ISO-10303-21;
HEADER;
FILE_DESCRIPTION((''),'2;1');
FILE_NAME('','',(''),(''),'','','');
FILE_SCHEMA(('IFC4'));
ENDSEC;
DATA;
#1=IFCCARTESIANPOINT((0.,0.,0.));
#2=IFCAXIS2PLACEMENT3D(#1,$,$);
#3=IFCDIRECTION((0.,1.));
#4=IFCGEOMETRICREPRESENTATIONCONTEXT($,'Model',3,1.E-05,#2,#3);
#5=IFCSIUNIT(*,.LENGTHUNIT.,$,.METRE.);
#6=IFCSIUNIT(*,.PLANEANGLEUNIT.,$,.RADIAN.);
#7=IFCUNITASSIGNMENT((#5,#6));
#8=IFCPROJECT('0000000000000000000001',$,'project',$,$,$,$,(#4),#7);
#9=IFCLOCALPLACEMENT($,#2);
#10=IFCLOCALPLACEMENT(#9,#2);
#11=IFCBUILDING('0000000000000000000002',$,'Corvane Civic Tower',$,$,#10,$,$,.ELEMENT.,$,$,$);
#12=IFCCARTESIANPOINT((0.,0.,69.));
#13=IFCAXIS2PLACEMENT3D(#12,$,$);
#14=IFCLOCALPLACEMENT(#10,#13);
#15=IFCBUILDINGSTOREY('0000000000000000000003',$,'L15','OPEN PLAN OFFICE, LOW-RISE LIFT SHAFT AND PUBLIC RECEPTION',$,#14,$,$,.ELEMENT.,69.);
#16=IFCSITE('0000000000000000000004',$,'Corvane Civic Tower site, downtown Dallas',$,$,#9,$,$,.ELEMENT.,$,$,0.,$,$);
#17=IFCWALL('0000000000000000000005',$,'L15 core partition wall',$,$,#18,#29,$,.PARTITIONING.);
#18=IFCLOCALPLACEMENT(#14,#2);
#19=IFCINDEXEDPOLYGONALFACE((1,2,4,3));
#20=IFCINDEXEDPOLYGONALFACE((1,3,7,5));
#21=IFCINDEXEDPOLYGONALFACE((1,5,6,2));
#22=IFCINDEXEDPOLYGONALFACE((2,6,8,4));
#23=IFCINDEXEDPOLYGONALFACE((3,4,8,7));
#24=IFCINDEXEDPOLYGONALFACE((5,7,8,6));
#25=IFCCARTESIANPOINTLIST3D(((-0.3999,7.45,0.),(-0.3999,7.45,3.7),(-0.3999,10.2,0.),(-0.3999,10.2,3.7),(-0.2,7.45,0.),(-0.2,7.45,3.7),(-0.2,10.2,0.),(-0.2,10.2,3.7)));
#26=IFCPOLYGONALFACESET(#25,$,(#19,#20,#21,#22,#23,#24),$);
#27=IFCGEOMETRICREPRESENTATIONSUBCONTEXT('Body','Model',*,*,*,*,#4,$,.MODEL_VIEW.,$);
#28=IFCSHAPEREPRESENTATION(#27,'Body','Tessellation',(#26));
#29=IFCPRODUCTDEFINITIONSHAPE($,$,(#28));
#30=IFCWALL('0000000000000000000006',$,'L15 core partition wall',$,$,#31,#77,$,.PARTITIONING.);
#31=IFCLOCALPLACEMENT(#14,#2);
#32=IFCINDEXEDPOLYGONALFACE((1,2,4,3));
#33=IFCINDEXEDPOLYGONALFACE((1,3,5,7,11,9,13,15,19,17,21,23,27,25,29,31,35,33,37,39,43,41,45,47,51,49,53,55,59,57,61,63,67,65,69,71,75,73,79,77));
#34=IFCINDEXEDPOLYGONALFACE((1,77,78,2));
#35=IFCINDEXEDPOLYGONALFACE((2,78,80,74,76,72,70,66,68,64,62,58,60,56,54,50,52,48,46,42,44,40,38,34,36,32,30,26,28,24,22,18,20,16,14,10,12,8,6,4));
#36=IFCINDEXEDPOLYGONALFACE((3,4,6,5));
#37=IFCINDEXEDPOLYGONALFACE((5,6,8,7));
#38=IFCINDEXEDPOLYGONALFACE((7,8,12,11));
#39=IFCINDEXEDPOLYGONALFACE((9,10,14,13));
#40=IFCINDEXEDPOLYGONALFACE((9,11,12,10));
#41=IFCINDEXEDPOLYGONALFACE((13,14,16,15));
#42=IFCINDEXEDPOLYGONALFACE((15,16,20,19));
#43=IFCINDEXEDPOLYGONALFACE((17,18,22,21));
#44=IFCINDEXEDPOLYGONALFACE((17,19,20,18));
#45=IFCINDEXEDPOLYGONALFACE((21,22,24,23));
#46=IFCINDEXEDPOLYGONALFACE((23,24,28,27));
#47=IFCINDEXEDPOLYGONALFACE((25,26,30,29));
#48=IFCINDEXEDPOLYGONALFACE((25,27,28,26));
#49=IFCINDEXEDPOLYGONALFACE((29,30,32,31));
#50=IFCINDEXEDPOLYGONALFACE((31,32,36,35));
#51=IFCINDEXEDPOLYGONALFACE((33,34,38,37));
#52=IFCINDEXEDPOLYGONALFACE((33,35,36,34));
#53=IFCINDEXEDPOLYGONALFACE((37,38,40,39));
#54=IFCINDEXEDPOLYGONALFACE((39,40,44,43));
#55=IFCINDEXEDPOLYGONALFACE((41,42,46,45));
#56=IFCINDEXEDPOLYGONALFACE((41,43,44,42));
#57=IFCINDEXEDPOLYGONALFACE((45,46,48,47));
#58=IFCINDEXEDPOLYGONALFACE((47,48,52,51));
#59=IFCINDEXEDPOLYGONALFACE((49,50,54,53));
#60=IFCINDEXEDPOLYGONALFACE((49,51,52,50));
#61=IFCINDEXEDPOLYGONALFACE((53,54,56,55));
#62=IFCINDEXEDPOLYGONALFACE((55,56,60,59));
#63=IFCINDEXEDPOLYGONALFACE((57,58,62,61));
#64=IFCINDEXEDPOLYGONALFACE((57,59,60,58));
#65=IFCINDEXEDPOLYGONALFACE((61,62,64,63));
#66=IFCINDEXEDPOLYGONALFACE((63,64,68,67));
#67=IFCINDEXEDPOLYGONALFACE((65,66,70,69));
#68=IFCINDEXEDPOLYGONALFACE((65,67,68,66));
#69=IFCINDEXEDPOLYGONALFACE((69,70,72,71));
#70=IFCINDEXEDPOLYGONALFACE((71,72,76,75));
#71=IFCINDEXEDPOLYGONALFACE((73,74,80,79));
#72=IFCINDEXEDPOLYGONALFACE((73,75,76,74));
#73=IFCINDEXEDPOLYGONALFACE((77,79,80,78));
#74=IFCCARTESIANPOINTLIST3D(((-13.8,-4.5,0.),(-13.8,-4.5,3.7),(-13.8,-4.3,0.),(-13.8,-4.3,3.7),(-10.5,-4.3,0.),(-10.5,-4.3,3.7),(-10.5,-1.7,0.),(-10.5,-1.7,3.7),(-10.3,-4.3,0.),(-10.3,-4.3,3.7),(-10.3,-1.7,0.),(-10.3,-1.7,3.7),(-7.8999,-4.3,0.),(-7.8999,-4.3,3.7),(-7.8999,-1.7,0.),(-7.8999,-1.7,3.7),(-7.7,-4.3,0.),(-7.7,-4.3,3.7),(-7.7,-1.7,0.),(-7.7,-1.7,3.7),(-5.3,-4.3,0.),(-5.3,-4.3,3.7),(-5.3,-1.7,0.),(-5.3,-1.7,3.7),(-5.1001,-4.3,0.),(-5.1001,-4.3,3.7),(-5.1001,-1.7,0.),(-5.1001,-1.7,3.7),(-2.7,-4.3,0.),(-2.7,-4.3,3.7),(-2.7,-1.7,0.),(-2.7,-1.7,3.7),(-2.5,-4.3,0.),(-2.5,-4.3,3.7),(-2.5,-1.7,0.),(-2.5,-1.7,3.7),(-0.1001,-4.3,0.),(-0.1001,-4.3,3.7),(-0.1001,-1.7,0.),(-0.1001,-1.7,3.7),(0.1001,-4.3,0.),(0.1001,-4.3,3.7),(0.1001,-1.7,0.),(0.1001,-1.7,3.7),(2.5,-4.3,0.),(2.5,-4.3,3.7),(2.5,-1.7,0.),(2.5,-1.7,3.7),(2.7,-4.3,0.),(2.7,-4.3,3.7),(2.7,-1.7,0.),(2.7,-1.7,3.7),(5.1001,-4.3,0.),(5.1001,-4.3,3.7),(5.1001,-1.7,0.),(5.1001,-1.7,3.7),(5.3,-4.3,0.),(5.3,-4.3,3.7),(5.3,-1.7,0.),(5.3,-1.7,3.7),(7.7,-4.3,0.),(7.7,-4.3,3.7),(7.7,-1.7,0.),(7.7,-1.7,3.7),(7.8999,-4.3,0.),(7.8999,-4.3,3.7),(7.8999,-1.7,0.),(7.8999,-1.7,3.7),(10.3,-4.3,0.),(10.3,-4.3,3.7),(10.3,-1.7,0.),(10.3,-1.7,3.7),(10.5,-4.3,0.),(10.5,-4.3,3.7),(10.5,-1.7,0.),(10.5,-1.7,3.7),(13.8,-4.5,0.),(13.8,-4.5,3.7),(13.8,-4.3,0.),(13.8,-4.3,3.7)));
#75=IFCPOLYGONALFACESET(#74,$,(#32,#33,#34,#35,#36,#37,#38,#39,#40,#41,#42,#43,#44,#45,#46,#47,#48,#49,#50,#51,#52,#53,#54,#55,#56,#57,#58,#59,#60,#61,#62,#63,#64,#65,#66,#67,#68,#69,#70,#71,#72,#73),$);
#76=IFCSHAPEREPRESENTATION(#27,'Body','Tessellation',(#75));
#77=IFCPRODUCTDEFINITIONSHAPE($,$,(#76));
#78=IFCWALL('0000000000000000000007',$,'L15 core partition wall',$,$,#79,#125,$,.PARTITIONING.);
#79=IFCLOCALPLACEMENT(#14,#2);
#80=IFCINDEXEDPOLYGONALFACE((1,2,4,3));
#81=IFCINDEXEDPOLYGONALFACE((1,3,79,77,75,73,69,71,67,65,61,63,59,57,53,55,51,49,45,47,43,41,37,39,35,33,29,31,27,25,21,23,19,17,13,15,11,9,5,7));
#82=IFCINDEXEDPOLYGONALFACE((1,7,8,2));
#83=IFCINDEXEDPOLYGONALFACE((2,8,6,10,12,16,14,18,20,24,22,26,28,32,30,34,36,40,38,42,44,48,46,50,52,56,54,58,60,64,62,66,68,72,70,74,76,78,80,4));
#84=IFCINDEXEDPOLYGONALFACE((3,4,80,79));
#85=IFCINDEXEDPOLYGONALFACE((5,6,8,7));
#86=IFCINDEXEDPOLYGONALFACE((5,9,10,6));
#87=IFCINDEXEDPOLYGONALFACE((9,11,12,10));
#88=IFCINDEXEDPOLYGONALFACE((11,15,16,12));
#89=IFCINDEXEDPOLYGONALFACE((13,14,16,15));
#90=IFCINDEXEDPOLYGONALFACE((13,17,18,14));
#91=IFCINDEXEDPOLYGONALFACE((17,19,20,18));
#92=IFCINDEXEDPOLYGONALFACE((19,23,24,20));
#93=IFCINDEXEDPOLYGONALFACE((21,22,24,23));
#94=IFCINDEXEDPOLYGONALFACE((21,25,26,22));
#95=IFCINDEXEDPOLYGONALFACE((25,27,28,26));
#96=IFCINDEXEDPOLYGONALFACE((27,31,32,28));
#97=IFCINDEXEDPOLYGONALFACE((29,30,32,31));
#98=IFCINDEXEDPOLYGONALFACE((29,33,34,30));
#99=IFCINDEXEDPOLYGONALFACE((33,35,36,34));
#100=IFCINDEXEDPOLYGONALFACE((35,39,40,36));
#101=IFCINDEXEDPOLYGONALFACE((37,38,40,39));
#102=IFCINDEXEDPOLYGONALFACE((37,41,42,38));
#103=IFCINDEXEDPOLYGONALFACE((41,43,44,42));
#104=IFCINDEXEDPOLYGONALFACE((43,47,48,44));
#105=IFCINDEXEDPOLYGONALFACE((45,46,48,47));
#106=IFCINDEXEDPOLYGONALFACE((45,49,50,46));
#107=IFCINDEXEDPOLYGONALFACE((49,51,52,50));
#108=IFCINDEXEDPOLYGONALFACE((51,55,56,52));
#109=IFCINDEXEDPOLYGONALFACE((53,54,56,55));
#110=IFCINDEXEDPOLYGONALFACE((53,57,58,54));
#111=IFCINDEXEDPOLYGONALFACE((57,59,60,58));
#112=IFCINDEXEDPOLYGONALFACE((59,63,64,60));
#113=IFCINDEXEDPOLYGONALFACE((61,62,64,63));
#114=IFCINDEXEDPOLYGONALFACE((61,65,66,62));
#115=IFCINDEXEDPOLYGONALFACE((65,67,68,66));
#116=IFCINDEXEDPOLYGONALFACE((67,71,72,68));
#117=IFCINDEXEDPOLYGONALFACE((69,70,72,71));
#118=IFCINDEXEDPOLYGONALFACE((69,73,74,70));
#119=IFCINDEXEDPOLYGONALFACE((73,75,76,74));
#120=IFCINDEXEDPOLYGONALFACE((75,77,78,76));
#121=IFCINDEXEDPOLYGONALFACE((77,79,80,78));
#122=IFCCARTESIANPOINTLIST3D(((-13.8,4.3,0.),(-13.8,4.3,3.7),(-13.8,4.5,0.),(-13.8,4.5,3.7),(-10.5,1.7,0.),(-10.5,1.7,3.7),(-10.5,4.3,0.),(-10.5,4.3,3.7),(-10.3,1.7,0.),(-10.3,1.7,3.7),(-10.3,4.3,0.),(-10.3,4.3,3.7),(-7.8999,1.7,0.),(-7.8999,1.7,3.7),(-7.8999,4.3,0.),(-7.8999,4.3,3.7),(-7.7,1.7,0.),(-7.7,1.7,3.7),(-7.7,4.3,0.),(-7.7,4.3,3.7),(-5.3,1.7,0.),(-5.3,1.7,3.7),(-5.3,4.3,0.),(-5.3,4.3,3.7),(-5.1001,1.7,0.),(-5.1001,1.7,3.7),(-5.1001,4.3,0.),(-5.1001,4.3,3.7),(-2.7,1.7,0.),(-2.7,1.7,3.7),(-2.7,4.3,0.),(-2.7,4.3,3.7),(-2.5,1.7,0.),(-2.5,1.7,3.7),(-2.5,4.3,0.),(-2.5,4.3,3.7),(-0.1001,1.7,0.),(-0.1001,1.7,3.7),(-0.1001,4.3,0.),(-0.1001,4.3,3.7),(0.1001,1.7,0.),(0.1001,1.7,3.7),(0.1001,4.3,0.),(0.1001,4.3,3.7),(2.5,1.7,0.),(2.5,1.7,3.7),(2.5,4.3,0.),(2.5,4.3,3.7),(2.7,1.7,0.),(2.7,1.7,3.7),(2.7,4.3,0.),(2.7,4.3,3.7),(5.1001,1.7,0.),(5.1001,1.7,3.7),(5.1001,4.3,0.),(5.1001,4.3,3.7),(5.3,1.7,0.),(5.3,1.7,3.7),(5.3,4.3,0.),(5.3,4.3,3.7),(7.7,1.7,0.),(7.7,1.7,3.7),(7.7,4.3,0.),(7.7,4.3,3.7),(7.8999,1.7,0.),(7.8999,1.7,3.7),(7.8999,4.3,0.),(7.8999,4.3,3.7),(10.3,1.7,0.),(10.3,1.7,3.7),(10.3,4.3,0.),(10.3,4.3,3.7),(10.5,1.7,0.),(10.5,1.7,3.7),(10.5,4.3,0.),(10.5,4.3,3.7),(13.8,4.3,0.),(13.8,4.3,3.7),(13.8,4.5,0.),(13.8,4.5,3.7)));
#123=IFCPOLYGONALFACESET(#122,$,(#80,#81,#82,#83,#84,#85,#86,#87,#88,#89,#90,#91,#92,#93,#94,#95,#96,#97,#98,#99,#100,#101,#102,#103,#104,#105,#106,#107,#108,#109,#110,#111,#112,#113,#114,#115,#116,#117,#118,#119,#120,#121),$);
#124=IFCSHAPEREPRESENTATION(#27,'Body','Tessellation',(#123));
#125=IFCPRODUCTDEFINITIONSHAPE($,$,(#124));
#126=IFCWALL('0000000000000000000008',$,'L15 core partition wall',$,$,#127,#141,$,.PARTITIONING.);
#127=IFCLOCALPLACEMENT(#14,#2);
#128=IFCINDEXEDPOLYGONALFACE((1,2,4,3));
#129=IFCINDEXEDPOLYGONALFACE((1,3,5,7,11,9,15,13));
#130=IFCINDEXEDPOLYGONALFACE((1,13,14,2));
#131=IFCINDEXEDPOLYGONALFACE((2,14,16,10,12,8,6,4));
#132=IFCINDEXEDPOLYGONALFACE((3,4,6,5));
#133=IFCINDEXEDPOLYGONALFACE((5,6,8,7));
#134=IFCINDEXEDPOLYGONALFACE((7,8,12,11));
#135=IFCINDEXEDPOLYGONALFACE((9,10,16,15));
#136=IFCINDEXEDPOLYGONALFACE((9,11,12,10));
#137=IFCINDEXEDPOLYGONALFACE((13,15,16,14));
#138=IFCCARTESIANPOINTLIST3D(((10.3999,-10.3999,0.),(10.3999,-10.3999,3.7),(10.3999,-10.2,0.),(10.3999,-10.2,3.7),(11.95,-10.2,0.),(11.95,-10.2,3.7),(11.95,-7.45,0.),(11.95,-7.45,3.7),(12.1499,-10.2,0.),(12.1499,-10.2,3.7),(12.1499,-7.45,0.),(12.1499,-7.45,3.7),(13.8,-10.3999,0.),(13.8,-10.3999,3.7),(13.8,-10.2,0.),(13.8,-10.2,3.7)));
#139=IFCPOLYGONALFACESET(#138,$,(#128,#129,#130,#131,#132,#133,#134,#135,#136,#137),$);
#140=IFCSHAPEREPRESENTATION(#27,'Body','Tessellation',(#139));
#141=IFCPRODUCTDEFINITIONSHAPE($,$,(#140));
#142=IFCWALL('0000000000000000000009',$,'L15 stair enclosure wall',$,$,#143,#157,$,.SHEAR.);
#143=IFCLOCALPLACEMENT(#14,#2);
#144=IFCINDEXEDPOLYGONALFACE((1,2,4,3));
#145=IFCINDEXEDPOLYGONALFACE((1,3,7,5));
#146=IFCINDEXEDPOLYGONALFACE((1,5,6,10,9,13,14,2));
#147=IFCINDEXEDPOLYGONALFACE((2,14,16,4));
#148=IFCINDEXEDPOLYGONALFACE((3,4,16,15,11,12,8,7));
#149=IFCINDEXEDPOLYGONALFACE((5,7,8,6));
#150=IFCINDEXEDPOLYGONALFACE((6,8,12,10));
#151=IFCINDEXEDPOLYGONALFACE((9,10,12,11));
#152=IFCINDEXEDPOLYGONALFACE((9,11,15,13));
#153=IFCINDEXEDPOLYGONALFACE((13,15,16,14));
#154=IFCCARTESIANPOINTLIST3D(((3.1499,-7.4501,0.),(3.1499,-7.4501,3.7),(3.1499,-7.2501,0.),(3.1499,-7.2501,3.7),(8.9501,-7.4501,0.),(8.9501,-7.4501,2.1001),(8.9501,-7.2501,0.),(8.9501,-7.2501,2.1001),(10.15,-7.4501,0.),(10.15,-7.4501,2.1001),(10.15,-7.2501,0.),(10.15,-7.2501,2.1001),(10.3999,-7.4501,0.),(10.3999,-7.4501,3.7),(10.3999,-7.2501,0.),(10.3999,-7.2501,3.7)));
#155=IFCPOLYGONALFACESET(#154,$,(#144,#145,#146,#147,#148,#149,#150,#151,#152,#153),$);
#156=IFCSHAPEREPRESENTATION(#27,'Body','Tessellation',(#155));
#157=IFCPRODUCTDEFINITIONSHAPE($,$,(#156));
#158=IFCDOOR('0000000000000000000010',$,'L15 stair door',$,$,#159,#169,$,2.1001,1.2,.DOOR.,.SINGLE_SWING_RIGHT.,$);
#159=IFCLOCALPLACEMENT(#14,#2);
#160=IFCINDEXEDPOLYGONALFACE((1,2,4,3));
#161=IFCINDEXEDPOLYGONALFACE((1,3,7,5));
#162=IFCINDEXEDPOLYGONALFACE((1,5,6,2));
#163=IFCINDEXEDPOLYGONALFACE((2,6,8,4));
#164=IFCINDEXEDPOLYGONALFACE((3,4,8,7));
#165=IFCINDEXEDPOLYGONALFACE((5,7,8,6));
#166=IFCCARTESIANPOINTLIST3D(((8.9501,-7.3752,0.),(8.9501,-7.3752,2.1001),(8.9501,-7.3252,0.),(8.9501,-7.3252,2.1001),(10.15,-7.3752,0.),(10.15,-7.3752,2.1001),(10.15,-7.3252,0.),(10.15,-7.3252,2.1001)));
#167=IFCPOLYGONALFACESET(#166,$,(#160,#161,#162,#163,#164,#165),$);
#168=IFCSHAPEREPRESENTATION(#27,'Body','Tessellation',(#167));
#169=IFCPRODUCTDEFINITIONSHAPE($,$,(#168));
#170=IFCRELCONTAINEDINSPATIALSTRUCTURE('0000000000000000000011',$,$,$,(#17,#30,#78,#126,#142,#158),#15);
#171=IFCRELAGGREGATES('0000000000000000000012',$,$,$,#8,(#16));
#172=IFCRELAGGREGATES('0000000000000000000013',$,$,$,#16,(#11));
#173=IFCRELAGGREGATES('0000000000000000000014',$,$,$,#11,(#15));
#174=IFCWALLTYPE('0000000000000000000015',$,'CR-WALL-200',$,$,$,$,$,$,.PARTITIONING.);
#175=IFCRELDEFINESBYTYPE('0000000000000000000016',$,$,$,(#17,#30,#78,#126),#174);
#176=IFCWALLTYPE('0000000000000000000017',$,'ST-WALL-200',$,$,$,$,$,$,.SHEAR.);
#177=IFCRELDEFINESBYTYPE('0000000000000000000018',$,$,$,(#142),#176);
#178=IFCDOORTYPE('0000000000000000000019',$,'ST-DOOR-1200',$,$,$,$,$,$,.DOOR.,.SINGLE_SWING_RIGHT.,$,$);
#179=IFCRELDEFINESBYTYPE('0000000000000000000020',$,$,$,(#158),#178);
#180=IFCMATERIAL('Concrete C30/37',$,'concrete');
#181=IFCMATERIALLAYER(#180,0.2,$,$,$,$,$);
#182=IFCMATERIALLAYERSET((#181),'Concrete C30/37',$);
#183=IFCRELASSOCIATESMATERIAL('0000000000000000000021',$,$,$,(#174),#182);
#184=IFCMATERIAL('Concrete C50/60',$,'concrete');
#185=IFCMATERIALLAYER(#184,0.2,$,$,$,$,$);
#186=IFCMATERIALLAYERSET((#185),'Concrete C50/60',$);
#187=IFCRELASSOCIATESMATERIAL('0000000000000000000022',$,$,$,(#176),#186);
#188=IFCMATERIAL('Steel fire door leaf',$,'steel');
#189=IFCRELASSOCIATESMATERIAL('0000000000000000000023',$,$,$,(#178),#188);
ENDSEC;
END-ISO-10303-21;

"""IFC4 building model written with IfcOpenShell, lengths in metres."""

from ifc_helpers import new_model, si_unit, direction, frame, frame_2d, origin, place, context, subcontext, project, spatial, polyline, rectangle, outline, extrude, material, layer, layer_set, type_object, element, fill, save


model = new_model("IFC4")

# Units and contexts
model_context = context("Model", 3, precision=1e-05, world=origin(), true_north=direction((0.0, 1.0)))
body_context = subcontext(model_context, "Body", "Model", "MODEL_VIEW")
ifc_project = project(units=[si_unit("LENGTHUNIT", "METRE"), si_unit("PLANEANGLEUNIT", "RADIAN")], contexts=[model_context])

# Site, building, storey
site_placement = place(None, origin())
site = spatial("IfcSite", under=ifc_project, at=site_placement, Name="Corvane Civic Tower site, downtown Dallas", CompositionType="ELEMENT", RefElevation=0.0)
building_placement = place(site_placement, origin())
building = spatial("IfcBuilding", under=site, at=building_placement, Name="Corvane Civic Tower", CompositionType="ELEMENT")
storey_placement = place(building_placement, frame((0.0, 0.0, 69.0)))
storey = spatial("IfcBuildingStorey", under=building, at=storey_placement, Name="L15", Description="OPEN PLAN OFFICE, LOW-RISE LIFT SHAFT AND PUBLIC RECEPTION", CompositionType="ELEMENT", Elevation=69.0)

# Shared definitions
ifc_material_1 = material(Name="Concrete C30/37", Category="concrete")
ifc_layer_1 = layer(ifc_material_1, 0.2)
ifc_layer_set_1 = layer_set([ifc_layer_1], Name="Concrete C30/37")
wall_type_1 = type_object("IfcWallType", Name="CR-WALL-200", PredefinedType="PARTITIONING", material=ifc_layer_set_1)

# Walls
wall_1_placement = place(storey_placement, origin())
element("IfcWall", 1, at=wall_1_placement, inside=storey, type_object=wall_type_1, Name="L15 core partition wall", PredefinedType="PARTITIONING", context=body_context, shape_type="SweptSolid", body=[
    extrude(outline(polyline([(-0.2, 7.45), (-0.3999, 7.45), (-0.3999, 10.2), (-0.2, 10.2), (-0.2, 7.45)])), origin(), (0.0, 0.0, 1.0), 3.7),
])
wall_2_placement = place(storey_placement, origin())
element("IfcWall", 2, at=wall_2_placement, inside=storey, type_object=wall_type_1, Name="L15 core partition wall", PredefinedType="PARTITIONING", context=body_context, shape_type="SweptSolid", body=[
    extrude(outline(polyline([(-10.3, -1.7), (-10.3, -4.3), (-7.8999, -4.3), (-7.8999, -1.7), (-7.7, -1.7), (-7.7, -4.3), (-5.3, -4.3), (-5.3, -1.7), (-5.1001, -1.7), (-5.1001, -4.3), (-2.7, -4.3), (-2.7, -1.7), (-2.5, -1.7), (-2.5, -4.3), (-0.1001, -4.3), (-0.1001, -1.7), (0.1001, -1.7), (0.1001, -4.3), (2.5, -4.3), (2.5, -1.7), (2.7, -1.7), (2.7, -4.3), (5.1001, -4.3), (5.1001, -1.7), (5.3, -1.7), (5.3, -4.3), (7.7, -4.3), (7.7, -1.7), (7.8999, -1.7), (7.8999, -4.3), (10.3, -4.3), (10.3, -1.7), (10.5, -1.7), (10.5, -4.3), (13.8, -4.3), (13.8, -4.5), (-13.8, -4.5), (-13.8, -4.3), (-10.5, -4.3), (-10.5, -1.7), (-10.3, -1.7)])), origin(), (0.0, 0.0, 1.0), 3.7),
])
wall_3_placement = place(storey_placement, origin())
element("IfcWall", 3, at=wall_3_placement, inside=storey, type_object=wall_type_1, Name="L15 core partition wall", PredefinedType="PARTITIONING", context=body_context, shape_type="SweptSolid", body=[
    extrude(outline(polyline([(-10.3, 1.7), (-10.5, 1.7), (-10.5, 4.3), (-13.8, 4.3), (-13.8, 4.5), (13.8, 4.5), (13.8, 4.3), (10.5, 4.3), (10.5, 1.7), (10.3, 1.7), (10.3, 4.3), (7.8999, 4.3), (7.8999, 1.7), (7.7, 1.7), (7.7, 4.3), (5.3, 4.3), (5.3, 1.7), (5.1001, 1.7), (5.1001, 4.3), (2.7, 4.3), (2.7, 1.7), (2.5, 1.7), (2.5, 4.3), (0.1001, 4.3), (0.1001, 1.7), (-0.1001, 1.7), (-0.1001, 4.3), (-2.5, 4.3), (-2.5, 1.7), (-2.7, 1.7), (-2.7, 4.3), (-5.1001, 4.3), (-5.1001, 1.7), (-5.3, 1.7), (-5.3, 4.3), (-7.7, 4.3), (-7.7, 1.7), (-7.8999, 1.7), (-7.8999, 4.3), (-10.3, 4.3), (-10.3, 1.7)])), origin(), (0.0, 0.0, 1.0), 3.7),
])
wall_4_placement = place(storey_placement, origin())
element("IfcWall", 4, at=wall_4_placement, inside=storey, type_object=wall_type_1, Name="L15 core partition wall", PredefinedType="PARTITIONING", context=body_context, shape_type="SweptSolid", body=[
    extrude(outline(polyline([(11.95, -7.45), (12.1499, -7.45), (12.1499, -10.2), (13.8, -10.2), (13.8, -10.3999), (10.3999, -10.3999), (10.3999, -10.2), (11.95, -10.2), (11.95, -7.45)])), origin(), (0.0, 0.0, 1.0), 3.7),
])

# Wall, opening, door
ifc_material_2 = material(Name="Concrete C50/60", Category="concrete")
ifc_layer_2 = layer(ifc_material_2, 0.2)
ifc_layer_set_2 = layer_set([ifc_layer_2], Name="Concrete C50/60")
wall_type_2 = type_object("IfcWallType", Name="ST-WALL-200", PredefinedType="SHEAR", material=ifc_layer_set_2)
wall_5_placement = place(storey_placement, frame((3.1499, -7.3501, 0.0), z_axis=(0.0, 0.0, 1.0), x_axis=(1.0, 0.0, 0.0)))
wall_5 = element("IfcWall", 5, at=wall_5_placement, inside=storey, type_object=wall_type_2, Name="L15 stair enclosure wall", PredefinedType="SHEAR", context=body_context, shape_type="SweptSolid", body=[
    extrude(rectangle(XDim=7.25, YDim=0.2, at=frame_2d((3.625, 0.0))), origin(), (0.0, 0.0, 1.0), 3.7),
])
opening_1_placement = place(wall_5_placement, frame((5.8, 0.0, 0.0)))
opening_1 = element("IfcOpeningElement", 6, at=opening_1_placement, cuts=wall_5, PredefinedType="OPENING", context=body_context, shape_type="SweptSolid", body=[
    extrude(rectangle(XDim=1.2, YDim=2.1001, at=frame_2d((0.6001, 1.05))), frame((0.0, 0.1099, 0.0), z_axis=(0.0, -1.0, 0.0), x_axis=(1.0, 0.0, 0.0)), (0.0, 0.0, 1.0), 0.22),
])
ifc_material_3 = material(Name="Steel fire door leaf", Category="steel")
door_type_1 = type_object("IfcDoorType", Name="ST-DOOR-1200", OperationType="SINGLE_SWING_RIGHT", PredefinedType="DOOR", material=ifc_material_3)
door_1_placement = place(opening_1_placement, origin())
door_1 = element("IfcDoor", 7, at=door_1_placement, inside=storey, type_object=door_type_1, Name="L15 stair door", OperationType="SINGLE_SWING_RIGHT", OverallHeight=2.1001, OverallWidth=1.2, PredefinedType="DOOR", context=body_context, shape_type="SweptSolid", body=[
    extrude(rectangle(XDim=1.2, YDim=2.1001, at=frame_2d((0.6001, 1.05))), frame((0.0, 0.0249, 0.0), z_axis=(0.0, -1.0, 0.0), x_axis=(1.0, 0.0, 0.0)), (0.0, 0.0, 1.0), 0.05),
])
fill(opening_1, door_1)

save(model, "model.ifc")
